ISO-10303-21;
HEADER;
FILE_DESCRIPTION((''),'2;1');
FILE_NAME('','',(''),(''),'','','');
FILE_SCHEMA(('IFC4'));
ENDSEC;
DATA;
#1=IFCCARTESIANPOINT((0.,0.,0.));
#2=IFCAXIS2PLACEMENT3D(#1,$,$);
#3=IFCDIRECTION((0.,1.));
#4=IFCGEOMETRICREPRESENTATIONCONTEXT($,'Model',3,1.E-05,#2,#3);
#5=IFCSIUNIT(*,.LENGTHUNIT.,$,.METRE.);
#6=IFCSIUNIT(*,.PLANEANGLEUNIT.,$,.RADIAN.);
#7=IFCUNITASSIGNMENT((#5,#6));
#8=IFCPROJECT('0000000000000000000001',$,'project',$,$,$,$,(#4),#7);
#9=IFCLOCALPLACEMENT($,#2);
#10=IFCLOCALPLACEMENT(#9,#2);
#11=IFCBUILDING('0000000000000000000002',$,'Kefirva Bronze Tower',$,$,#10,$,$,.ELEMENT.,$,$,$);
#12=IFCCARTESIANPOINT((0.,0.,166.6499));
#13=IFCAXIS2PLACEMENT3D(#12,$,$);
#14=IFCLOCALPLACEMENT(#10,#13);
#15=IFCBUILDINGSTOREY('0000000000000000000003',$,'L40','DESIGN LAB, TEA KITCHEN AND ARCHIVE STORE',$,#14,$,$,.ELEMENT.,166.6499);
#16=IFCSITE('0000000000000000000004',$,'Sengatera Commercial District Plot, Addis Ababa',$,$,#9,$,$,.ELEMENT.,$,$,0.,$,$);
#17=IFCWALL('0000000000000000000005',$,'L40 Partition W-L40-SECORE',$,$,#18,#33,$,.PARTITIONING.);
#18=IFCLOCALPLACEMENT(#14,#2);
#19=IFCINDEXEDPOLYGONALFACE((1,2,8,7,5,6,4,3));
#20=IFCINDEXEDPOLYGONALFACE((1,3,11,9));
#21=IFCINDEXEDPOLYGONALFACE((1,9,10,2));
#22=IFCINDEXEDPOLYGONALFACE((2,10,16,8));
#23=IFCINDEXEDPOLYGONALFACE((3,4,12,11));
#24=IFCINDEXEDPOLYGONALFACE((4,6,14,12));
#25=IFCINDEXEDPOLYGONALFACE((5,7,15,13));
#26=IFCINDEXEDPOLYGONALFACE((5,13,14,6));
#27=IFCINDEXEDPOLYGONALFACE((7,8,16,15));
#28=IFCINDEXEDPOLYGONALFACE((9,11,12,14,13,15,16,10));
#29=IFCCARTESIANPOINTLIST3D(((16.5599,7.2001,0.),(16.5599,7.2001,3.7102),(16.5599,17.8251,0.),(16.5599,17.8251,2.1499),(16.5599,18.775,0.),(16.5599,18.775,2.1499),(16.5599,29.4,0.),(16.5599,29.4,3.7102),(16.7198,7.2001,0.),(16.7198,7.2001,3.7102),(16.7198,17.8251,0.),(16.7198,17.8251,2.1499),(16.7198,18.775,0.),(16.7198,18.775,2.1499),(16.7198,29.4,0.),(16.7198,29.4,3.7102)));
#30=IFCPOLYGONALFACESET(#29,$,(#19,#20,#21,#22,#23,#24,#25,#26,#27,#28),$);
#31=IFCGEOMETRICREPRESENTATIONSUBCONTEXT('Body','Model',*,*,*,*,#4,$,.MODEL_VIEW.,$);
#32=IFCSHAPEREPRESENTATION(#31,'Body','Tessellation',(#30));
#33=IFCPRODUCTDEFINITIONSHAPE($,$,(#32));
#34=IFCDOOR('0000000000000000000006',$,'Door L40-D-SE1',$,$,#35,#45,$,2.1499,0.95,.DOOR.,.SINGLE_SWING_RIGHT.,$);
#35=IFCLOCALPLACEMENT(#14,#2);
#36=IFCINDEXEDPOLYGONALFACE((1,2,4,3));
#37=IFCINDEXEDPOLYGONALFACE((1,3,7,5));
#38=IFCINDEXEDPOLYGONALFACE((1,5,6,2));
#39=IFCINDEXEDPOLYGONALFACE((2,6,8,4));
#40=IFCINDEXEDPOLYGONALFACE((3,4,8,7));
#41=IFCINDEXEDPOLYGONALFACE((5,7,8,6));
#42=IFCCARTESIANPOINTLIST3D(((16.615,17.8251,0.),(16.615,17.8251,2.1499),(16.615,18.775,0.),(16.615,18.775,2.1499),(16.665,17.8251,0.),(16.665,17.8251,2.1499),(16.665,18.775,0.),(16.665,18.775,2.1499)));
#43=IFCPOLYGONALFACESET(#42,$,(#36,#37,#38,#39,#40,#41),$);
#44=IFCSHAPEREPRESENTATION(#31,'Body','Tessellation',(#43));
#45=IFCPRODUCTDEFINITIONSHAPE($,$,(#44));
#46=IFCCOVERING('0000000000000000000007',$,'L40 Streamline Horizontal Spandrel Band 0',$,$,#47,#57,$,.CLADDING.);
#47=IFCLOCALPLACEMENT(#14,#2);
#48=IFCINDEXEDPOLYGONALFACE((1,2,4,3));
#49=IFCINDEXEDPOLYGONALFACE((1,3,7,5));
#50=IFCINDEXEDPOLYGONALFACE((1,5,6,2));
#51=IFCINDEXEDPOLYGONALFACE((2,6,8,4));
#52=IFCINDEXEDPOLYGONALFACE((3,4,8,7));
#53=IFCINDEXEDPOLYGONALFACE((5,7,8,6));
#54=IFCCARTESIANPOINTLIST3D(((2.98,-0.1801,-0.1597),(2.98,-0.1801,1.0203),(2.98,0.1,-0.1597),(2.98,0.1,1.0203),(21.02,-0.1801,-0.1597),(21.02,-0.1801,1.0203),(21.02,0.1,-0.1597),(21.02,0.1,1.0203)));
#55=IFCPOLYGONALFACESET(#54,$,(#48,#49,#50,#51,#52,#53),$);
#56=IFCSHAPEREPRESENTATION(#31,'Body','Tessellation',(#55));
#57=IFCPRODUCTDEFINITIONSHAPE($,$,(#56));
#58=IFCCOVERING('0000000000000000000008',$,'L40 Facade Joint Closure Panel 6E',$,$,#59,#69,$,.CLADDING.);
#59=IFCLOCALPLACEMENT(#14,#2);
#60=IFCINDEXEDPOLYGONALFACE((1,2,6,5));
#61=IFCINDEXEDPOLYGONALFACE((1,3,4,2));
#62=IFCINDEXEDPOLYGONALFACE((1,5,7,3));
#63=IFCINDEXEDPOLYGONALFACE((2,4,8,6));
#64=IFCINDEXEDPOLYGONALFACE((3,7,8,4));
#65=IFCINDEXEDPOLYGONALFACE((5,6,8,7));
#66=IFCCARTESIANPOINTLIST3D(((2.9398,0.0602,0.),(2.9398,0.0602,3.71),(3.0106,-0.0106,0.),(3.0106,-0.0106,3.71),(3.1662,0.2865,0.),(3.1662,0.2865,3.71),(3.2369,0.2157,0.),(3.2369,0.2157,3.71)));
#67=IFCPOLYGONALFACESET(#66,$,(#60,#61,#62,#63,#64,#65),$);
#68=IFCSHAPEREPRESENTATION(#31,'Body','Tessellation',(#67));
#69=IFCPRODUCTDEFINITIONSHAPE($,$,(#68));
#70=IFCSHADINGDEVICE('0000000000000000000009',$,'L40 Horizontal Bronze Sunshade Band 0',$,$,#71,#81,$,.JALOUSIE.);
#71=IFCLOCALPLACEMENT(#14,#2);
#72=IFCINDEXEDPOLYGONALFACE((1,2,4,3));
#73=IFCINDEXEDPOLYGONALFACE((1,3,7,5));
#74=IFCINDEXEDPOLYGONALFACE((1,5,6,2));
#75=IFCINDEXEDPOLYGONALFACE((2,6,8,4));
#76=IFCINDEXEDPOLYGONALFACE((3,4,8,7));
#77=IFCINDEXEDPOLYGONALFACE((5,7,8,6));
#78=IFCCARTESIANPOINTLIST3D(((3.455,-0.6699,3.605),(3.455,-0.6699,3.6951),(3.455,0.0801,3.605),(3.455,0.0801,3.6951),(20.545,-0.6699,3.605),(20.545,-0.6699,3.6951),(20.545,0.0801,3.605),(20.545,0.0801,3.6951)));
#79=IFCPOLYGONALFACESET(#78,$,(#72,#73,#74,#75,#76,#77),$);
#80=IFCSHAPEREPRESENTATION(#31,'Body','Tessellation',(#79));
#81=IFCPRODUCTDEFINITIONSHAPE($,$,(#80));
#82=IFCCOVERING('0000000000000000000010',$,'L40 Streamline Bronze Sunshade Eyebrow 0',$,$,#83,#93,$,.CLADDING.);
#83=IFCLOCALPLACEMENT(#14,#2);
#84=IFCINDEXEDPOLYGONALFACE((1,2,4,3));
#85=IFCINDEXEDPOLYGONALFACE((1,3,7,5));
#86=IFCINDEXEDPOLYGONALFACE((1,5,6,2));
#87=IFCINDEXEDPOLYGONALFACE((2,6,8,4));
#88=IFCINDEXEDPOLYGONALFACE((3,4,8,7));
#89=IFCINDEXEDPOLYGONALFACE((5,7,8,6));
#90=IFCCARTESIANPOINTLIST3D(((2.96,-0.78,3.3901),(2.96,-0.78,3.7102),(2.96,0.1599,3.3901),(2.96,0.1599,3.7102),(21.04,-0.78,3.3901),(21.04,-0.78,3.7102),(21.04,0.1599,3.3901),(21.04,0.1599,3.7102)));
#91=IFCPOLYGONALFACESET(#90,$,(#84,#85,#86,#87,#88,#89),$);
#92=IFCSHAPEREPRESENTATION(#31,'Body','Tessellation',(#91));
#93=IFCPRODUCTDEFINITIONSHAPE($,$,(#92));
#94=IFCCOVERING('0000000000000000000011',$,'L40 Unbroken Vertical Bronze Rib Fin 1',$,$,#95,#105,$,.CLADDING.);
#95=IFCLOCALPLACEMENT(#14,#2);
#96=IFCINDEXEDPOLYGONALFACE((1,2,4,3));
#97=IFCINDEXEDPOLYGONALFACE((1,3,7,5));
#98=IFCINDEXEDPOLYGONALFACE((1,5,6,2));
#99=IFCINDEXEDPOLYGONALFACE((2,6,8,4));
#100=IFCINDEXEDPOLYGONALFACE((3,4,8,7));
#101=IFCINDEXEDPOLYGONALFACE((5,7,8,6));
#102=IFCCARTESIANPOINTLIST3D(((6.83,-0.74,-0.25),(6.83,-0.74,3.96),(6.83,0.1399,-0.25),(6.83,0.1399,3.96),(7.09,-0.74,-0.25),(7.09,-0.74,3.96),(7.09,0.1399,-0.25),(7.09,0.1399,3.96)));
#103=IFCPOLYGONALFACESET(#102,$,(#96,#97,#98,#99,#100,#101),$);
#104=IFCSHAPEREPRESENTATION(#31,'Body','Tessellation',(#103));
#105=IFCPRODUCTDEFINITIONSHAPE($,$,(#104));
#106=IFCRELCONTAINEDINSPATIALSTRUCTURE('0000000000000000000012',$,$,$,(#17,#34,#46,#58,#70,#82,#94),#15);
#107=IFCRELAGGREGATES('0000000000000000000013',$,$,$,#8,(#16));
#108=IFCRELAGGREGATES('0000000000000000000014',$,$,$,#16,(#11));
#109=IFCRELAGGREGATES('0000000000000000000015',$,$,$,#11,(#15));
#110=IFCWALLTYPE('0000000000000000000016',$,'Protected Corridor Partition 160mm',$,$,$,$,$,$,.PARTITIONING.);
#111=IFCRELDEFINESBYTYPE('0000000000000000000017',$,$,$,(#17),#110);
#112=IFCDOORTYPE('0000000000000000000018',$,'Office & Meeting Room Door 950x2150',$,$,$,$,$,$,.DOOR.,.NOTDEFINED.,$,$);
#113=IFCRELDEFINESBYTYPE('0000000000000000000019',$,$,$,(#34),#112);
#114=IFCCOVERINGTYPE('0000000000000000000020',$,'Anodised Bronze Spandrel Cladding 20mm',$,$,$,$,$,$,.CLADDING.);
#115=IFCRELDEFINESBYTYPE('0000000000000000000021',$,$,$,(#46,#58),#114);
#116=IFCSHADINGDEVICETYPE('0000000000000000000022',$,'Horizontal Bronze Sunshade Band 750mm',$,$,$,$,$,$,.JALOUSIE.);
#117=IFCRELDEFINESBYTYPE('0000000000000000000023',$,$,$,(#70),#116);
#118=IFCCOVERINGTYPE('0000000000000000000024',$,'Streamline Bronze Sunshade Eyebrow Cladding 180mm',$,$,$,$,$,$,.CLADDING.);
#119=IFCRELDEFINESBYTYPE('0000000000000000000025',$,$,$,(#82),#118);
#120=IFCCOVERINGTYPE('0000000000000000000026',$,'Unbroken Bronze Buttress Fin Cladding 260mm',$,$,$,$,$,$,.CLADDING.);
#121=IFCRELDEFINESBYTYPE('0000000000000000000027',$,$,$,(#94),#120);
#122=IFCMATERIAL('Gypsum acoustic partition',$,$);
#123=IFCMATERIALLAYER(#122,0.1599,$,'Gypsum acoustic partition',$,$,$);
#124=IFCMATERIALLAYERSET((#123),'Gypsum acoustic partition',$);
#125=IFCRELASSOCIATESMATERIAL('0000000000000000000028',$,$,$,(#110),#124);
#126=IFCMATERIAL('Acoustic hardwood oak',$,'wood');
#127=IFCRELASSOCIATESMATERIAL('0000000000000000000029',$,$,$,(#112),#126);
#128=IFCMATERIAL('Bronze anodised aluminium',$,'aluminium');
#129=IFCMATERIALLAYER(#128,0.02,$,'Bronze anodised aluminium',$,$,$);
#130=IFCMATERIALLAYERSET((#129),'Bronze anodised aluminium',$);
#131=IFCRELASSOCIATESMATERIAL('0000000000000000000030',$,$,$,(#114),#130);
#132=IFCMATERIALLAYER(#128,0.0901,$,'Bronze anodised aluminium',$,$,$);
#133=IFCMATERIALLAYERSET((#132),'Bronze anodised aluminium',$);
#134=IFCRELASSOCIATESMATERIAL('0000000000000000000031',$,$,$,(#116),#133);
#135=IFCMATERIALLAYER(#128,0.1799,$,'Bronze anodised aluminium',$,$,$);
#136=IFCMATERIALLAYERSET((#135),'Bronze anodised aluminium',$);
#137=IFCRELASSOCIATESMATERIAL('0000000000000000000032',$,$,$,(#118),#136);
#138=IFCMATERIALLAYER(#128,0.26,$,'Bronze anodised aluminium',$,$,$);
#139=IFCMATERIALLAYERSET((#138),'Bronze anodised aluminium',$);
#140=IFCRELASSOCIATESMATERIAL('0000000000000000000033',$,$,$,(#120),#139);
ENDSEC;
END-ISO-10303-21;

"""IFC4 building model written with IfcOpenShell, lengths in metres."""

from ifc_helpers import new_model, si_unit, direction, frame, frame_2d, origin, origin_2d, place, context, subcontext, project, spatial, rectangle, extrude, material, layer, layer_set, type_object, element, fill, save


model = new_model("IFC4")

# Units and contexts
model_context = context("Model", 3, precision=1e-05, world=origin(), true_north=direction((0.0, 1.0)))
body_context = subcontext(model_context, "Body", "Model", "MODEL_VIEW")
ifc_project = project(units=[si_unit("LENGTHUNIT", "METRE"), si_unit("PLANEANGLEUNIT", "RADIAN")], contexts=[model_context])

# Site, building, storey
site_placement = place(None, origin())
site = spatial("IfcSite", under=ifc_project, at=site_placement, Name="Sengatera Commercial District Plot, Addis Ababa", CompositionType="ELEMENT", RefElevation=0.0)
building_placement = place(site_placement, origin())
building = spatial("IfcBuilding", under=site, at=building_placement, Name="Kefirva Bronze Tower", CompositionType="ELEMENT")
storey_placement = place(building_placement, frame((0.0, 0.0, 166.6499)))
storey = spatial("IfcBuildingStorey", under=building, at=storey_placement, Name="L40", Description="DESIGN LAB, TEA KITCHEN AND ARCHIVE STORE", CompositionType="ELEMENT", Elevation=166.6499)

# Shared definitions
ifc_material_1 = material(Name="Bronze anodised aluminium", Category="aluminium")

# Shared definitions
ifc_material_2 = material(Name="Gypsum acoustic partition")

# Shared definitions
ifc_layer_1 = layer(ifc_material_2, 0.1599, Name="Gypsum acoustic partition")
ifc_layer_set_1 = layer_set([ifc_layer_1], Name="Gypsum acoustic partition")
wall_type_1 = type_object("IfcWallType", Name="Protected Corridor Partition 160mm", PredefinedType="PARTITIONING", material=ifc_layer_set_1)
ifc_material_3 = material(Name="Acoustic hardwood oak", Category="wood")
door_type = type_object("IfcDoorType", Name="Office & Meeting Room Door 950x2150", OperationType="NOTDEFINED", PredefinedType="DOOR", material=ifc_material_3)

# Wall, opening, door
wall_1_placement = place(storey_placement, frame((16.6399, 7.2, 0.0), z_axis=(0.0, 0.0, 1.0), x_axis=(0.0, 1.0, 0.0)))
wall_1 = element("IfcWall", 1, at=wall_1_placement, inside=storey, type_object=wall_type_1, Name="L40 Partition W-L40-SECORE", PredefinedType="PARTITIONING", context=body_context, shape_type="SweptSolid", body=[
    extrude(rectangle(XDim=22.2, YDim=0.1599, at=frame_2d((11.1001, 0.0))), origin(), (0.0, 0.0, 1.0), 3.7102),
])
opening_1_placement = place(wall_1_placement, frame((10.625, 0.0, 0.0)))
opening_1 = element("IfcOpeningElement", 2, at=opening_1_placement, cuts=wall_1, PredefinedType="OPENING", context=body_context, shape_type="SweptSolid", body=[
    extrude(rectangle(XDim=0.95, YDim=2.1499, at=frame_2d((0.4751, 1.075))), frame((0.0, 0.0898, 0.0), z_axis=(0.0, -1.0, 0.0), x_axis=(1.0, 0.0, 0.0)), (0.0, 0.0, 1.0), 0.1799),
])
door_1_placement = place(opening_1_placement, origin())
door_1 = element("IfcDoor", 3, at=door_1_placement, inside=storey, type_object=door_type, Name="Door L40-D-SE1", OperationType="SINGLE_SWING_RIGHT", OverallHeight=2.1499, OverallWidth=0.95, PredefinedType="DOOR", context=body_context, shape_type="SweptSolid", body=[
    extrude(rectangle(XDim=0.95, YDim=2.1499, at=frame_2d((0.4751, 1.075))), frame((0.0, 0.0249, 0.0), z_axis=(0.0, -1.0, 0.0), x_axis=(1.0, 0.0, 0.0)), (0.0, 0.0, 1.0), 0.05),
])
fill(opening_1, door_1)

# Coverings
ifc_layer_2 = layer(ifc_material_1, 0.02, Name="Bronze anodised aluminium")
ifc_layer_set_2 = layer_set([ifc_layer_2], Name="Bronze anodised aluminium")
covering_type_1 = type_object("IfcCoveringType", Name="Anodised Bronze Spandrel Cladding 20mm", PredefinedType="CLADDING", material=ifc_layer_set_2)
covering_1_placement = place(storey_placement, frame((12.0, -0.04, -0.1597), z_axis=(0.0, 0.0, 1.0), x_axis=(1.0, 0.0, 0.0)))
element("IfcCovering", 4, at=covering_1_placement, inside=storey, type_object=covering_type_1, Name="L40 Streamline Horizontal Spandrel Band 0", PredefinedType="CLADDING", context=body_context, shape_type="SweptSolid", body=[
    extrude(rectangle(XDim=18.04, YDim=0.28, at=origin_2d()), origin(), (0.0, 0.0, 1.0), 1.1799),
])
covering_2_placement = place(storey_placement, frame((3.0884, 0.1379, 0.0), z_axis=(0.0, 0.0, 1.0), x_axis=(0.707107, -0.707107, 0.0)))
element("IfcCovering", 5, at=covering_2_placement, inside=storey, type_object=covering_type_1, Name="L40 Facade Joint Closure Panel 6E", PredefinedType="CLADDING", context=body_context, shape_type="SweptSolid", body=[
    extrude(rectangle(XDim=0.1001, YDim=0.3201, at=origin_2d()), origin(), (0.0, 0.0, 1.0), 3.71),
])

# Shading device
ifc_layer_3 = layer(ifc_material_1, 0.0901, Name="Bronze anodised aluminium")
ifc_layer_set_3 = layer_set([ifc_layer_3], Name="Bronze anodised aluminium")
shading_device_type = type_object("IfcShadingDeviceType", Name="Horizontal Bronze Sunshade Band 750mm", PredefinedType="JALOUSIE", material=ifc_layer_set_3)
shading_device_placement = place(storey_placement, frame((12.0, -0.2949, 3.605), z_axis=(0.0, 0.0, 1.0), x_axis=(1.0, 0.0, 0.0)))
element("IfcShadingDevice", 6, at=shading_device_placement, inside=storey, type_object=shading_device_type, Name="L40 Horizontal Bronze Sunshade Band 0", PredefinedType="JALOUSIE", context=body_context, shape_type="SweptSolid", body=[
    extrude(rectangle(XDim=17.0901, YDim=0.75, at=origin_2d()), origin(), (0.0, 0.0, 1.0), 0.0901),
])

# Coverings
ifc_layer_4 = layer(ifc_material_1, 0.1799, Name="Bronze anodised aluminium")
ifc_layer_set_4 = layer_set([ifc_layer_4], Name="Bronze anodised aluminium")
covering_type_2 = type_object("IfcCoveringType", Name="Streamline Bronze Sunshade Eyebrow Cladding 180mm", PredefinedType="CLADDING", material=ifc_layer_set_4)
covering_3_placement = place(storey_placement, frame((12.0, -0.3101, 3.3901), z_axis=(0.0, 0.0, 1.0), x_axis=(1.0, 0.0, 0.0)))
element("IfcCovering", 7, at=covering_3_placement, inside=storey, type_object=covering_type_2, Name="L40 Streamline Bronze Sunshade Eyebrow 0", PredefinedType="CLADDING", context=body_context, shape_type="SweptSolid", body=[
    extrude(rectangle(XDim=18.0801, YDim=0.9399, at=origin_2d()), origin(), (0.0, 0.0, 1.0), 0.3201),
])
ifc_layer_5 = layer(ifc_material_1, 0.26, Name="Bronze anodised aluminium")
ifc_layer_set_5 = layer_set([ifc_layer_5], Name="Bronze anodised aluminium")
covering_type_3 = type_object("IfcCoveringType", Name="Unbroken Bronze Buttress Fin Cladding 260mm", PredefinedType="CLADDING", material=ifc_layer_set_5)
covering_4_placement = place(storey_placement, frame((6.96, -0.3, -0.25), z_axis=(0.0, 0.0, 1.0), x_axis=(1.0, 0.0, 0.0)))
element("IfcCovering", 8, at=covering_4_placement, inside=storey, type_object=covering_type_3, Name="L40 Unbroken Vertical Bronze Rib Fin 1", PredefinedType="CLADDING", context=body_context, shape_type="SweptSolid", body=[
    extrude(rectangle(XDim=0.26, YDim=0.8799, at=origin_2d()), origin(), (0.0, 0.0, 1.0), 4.21),
])

save(model, "model.ifc")
